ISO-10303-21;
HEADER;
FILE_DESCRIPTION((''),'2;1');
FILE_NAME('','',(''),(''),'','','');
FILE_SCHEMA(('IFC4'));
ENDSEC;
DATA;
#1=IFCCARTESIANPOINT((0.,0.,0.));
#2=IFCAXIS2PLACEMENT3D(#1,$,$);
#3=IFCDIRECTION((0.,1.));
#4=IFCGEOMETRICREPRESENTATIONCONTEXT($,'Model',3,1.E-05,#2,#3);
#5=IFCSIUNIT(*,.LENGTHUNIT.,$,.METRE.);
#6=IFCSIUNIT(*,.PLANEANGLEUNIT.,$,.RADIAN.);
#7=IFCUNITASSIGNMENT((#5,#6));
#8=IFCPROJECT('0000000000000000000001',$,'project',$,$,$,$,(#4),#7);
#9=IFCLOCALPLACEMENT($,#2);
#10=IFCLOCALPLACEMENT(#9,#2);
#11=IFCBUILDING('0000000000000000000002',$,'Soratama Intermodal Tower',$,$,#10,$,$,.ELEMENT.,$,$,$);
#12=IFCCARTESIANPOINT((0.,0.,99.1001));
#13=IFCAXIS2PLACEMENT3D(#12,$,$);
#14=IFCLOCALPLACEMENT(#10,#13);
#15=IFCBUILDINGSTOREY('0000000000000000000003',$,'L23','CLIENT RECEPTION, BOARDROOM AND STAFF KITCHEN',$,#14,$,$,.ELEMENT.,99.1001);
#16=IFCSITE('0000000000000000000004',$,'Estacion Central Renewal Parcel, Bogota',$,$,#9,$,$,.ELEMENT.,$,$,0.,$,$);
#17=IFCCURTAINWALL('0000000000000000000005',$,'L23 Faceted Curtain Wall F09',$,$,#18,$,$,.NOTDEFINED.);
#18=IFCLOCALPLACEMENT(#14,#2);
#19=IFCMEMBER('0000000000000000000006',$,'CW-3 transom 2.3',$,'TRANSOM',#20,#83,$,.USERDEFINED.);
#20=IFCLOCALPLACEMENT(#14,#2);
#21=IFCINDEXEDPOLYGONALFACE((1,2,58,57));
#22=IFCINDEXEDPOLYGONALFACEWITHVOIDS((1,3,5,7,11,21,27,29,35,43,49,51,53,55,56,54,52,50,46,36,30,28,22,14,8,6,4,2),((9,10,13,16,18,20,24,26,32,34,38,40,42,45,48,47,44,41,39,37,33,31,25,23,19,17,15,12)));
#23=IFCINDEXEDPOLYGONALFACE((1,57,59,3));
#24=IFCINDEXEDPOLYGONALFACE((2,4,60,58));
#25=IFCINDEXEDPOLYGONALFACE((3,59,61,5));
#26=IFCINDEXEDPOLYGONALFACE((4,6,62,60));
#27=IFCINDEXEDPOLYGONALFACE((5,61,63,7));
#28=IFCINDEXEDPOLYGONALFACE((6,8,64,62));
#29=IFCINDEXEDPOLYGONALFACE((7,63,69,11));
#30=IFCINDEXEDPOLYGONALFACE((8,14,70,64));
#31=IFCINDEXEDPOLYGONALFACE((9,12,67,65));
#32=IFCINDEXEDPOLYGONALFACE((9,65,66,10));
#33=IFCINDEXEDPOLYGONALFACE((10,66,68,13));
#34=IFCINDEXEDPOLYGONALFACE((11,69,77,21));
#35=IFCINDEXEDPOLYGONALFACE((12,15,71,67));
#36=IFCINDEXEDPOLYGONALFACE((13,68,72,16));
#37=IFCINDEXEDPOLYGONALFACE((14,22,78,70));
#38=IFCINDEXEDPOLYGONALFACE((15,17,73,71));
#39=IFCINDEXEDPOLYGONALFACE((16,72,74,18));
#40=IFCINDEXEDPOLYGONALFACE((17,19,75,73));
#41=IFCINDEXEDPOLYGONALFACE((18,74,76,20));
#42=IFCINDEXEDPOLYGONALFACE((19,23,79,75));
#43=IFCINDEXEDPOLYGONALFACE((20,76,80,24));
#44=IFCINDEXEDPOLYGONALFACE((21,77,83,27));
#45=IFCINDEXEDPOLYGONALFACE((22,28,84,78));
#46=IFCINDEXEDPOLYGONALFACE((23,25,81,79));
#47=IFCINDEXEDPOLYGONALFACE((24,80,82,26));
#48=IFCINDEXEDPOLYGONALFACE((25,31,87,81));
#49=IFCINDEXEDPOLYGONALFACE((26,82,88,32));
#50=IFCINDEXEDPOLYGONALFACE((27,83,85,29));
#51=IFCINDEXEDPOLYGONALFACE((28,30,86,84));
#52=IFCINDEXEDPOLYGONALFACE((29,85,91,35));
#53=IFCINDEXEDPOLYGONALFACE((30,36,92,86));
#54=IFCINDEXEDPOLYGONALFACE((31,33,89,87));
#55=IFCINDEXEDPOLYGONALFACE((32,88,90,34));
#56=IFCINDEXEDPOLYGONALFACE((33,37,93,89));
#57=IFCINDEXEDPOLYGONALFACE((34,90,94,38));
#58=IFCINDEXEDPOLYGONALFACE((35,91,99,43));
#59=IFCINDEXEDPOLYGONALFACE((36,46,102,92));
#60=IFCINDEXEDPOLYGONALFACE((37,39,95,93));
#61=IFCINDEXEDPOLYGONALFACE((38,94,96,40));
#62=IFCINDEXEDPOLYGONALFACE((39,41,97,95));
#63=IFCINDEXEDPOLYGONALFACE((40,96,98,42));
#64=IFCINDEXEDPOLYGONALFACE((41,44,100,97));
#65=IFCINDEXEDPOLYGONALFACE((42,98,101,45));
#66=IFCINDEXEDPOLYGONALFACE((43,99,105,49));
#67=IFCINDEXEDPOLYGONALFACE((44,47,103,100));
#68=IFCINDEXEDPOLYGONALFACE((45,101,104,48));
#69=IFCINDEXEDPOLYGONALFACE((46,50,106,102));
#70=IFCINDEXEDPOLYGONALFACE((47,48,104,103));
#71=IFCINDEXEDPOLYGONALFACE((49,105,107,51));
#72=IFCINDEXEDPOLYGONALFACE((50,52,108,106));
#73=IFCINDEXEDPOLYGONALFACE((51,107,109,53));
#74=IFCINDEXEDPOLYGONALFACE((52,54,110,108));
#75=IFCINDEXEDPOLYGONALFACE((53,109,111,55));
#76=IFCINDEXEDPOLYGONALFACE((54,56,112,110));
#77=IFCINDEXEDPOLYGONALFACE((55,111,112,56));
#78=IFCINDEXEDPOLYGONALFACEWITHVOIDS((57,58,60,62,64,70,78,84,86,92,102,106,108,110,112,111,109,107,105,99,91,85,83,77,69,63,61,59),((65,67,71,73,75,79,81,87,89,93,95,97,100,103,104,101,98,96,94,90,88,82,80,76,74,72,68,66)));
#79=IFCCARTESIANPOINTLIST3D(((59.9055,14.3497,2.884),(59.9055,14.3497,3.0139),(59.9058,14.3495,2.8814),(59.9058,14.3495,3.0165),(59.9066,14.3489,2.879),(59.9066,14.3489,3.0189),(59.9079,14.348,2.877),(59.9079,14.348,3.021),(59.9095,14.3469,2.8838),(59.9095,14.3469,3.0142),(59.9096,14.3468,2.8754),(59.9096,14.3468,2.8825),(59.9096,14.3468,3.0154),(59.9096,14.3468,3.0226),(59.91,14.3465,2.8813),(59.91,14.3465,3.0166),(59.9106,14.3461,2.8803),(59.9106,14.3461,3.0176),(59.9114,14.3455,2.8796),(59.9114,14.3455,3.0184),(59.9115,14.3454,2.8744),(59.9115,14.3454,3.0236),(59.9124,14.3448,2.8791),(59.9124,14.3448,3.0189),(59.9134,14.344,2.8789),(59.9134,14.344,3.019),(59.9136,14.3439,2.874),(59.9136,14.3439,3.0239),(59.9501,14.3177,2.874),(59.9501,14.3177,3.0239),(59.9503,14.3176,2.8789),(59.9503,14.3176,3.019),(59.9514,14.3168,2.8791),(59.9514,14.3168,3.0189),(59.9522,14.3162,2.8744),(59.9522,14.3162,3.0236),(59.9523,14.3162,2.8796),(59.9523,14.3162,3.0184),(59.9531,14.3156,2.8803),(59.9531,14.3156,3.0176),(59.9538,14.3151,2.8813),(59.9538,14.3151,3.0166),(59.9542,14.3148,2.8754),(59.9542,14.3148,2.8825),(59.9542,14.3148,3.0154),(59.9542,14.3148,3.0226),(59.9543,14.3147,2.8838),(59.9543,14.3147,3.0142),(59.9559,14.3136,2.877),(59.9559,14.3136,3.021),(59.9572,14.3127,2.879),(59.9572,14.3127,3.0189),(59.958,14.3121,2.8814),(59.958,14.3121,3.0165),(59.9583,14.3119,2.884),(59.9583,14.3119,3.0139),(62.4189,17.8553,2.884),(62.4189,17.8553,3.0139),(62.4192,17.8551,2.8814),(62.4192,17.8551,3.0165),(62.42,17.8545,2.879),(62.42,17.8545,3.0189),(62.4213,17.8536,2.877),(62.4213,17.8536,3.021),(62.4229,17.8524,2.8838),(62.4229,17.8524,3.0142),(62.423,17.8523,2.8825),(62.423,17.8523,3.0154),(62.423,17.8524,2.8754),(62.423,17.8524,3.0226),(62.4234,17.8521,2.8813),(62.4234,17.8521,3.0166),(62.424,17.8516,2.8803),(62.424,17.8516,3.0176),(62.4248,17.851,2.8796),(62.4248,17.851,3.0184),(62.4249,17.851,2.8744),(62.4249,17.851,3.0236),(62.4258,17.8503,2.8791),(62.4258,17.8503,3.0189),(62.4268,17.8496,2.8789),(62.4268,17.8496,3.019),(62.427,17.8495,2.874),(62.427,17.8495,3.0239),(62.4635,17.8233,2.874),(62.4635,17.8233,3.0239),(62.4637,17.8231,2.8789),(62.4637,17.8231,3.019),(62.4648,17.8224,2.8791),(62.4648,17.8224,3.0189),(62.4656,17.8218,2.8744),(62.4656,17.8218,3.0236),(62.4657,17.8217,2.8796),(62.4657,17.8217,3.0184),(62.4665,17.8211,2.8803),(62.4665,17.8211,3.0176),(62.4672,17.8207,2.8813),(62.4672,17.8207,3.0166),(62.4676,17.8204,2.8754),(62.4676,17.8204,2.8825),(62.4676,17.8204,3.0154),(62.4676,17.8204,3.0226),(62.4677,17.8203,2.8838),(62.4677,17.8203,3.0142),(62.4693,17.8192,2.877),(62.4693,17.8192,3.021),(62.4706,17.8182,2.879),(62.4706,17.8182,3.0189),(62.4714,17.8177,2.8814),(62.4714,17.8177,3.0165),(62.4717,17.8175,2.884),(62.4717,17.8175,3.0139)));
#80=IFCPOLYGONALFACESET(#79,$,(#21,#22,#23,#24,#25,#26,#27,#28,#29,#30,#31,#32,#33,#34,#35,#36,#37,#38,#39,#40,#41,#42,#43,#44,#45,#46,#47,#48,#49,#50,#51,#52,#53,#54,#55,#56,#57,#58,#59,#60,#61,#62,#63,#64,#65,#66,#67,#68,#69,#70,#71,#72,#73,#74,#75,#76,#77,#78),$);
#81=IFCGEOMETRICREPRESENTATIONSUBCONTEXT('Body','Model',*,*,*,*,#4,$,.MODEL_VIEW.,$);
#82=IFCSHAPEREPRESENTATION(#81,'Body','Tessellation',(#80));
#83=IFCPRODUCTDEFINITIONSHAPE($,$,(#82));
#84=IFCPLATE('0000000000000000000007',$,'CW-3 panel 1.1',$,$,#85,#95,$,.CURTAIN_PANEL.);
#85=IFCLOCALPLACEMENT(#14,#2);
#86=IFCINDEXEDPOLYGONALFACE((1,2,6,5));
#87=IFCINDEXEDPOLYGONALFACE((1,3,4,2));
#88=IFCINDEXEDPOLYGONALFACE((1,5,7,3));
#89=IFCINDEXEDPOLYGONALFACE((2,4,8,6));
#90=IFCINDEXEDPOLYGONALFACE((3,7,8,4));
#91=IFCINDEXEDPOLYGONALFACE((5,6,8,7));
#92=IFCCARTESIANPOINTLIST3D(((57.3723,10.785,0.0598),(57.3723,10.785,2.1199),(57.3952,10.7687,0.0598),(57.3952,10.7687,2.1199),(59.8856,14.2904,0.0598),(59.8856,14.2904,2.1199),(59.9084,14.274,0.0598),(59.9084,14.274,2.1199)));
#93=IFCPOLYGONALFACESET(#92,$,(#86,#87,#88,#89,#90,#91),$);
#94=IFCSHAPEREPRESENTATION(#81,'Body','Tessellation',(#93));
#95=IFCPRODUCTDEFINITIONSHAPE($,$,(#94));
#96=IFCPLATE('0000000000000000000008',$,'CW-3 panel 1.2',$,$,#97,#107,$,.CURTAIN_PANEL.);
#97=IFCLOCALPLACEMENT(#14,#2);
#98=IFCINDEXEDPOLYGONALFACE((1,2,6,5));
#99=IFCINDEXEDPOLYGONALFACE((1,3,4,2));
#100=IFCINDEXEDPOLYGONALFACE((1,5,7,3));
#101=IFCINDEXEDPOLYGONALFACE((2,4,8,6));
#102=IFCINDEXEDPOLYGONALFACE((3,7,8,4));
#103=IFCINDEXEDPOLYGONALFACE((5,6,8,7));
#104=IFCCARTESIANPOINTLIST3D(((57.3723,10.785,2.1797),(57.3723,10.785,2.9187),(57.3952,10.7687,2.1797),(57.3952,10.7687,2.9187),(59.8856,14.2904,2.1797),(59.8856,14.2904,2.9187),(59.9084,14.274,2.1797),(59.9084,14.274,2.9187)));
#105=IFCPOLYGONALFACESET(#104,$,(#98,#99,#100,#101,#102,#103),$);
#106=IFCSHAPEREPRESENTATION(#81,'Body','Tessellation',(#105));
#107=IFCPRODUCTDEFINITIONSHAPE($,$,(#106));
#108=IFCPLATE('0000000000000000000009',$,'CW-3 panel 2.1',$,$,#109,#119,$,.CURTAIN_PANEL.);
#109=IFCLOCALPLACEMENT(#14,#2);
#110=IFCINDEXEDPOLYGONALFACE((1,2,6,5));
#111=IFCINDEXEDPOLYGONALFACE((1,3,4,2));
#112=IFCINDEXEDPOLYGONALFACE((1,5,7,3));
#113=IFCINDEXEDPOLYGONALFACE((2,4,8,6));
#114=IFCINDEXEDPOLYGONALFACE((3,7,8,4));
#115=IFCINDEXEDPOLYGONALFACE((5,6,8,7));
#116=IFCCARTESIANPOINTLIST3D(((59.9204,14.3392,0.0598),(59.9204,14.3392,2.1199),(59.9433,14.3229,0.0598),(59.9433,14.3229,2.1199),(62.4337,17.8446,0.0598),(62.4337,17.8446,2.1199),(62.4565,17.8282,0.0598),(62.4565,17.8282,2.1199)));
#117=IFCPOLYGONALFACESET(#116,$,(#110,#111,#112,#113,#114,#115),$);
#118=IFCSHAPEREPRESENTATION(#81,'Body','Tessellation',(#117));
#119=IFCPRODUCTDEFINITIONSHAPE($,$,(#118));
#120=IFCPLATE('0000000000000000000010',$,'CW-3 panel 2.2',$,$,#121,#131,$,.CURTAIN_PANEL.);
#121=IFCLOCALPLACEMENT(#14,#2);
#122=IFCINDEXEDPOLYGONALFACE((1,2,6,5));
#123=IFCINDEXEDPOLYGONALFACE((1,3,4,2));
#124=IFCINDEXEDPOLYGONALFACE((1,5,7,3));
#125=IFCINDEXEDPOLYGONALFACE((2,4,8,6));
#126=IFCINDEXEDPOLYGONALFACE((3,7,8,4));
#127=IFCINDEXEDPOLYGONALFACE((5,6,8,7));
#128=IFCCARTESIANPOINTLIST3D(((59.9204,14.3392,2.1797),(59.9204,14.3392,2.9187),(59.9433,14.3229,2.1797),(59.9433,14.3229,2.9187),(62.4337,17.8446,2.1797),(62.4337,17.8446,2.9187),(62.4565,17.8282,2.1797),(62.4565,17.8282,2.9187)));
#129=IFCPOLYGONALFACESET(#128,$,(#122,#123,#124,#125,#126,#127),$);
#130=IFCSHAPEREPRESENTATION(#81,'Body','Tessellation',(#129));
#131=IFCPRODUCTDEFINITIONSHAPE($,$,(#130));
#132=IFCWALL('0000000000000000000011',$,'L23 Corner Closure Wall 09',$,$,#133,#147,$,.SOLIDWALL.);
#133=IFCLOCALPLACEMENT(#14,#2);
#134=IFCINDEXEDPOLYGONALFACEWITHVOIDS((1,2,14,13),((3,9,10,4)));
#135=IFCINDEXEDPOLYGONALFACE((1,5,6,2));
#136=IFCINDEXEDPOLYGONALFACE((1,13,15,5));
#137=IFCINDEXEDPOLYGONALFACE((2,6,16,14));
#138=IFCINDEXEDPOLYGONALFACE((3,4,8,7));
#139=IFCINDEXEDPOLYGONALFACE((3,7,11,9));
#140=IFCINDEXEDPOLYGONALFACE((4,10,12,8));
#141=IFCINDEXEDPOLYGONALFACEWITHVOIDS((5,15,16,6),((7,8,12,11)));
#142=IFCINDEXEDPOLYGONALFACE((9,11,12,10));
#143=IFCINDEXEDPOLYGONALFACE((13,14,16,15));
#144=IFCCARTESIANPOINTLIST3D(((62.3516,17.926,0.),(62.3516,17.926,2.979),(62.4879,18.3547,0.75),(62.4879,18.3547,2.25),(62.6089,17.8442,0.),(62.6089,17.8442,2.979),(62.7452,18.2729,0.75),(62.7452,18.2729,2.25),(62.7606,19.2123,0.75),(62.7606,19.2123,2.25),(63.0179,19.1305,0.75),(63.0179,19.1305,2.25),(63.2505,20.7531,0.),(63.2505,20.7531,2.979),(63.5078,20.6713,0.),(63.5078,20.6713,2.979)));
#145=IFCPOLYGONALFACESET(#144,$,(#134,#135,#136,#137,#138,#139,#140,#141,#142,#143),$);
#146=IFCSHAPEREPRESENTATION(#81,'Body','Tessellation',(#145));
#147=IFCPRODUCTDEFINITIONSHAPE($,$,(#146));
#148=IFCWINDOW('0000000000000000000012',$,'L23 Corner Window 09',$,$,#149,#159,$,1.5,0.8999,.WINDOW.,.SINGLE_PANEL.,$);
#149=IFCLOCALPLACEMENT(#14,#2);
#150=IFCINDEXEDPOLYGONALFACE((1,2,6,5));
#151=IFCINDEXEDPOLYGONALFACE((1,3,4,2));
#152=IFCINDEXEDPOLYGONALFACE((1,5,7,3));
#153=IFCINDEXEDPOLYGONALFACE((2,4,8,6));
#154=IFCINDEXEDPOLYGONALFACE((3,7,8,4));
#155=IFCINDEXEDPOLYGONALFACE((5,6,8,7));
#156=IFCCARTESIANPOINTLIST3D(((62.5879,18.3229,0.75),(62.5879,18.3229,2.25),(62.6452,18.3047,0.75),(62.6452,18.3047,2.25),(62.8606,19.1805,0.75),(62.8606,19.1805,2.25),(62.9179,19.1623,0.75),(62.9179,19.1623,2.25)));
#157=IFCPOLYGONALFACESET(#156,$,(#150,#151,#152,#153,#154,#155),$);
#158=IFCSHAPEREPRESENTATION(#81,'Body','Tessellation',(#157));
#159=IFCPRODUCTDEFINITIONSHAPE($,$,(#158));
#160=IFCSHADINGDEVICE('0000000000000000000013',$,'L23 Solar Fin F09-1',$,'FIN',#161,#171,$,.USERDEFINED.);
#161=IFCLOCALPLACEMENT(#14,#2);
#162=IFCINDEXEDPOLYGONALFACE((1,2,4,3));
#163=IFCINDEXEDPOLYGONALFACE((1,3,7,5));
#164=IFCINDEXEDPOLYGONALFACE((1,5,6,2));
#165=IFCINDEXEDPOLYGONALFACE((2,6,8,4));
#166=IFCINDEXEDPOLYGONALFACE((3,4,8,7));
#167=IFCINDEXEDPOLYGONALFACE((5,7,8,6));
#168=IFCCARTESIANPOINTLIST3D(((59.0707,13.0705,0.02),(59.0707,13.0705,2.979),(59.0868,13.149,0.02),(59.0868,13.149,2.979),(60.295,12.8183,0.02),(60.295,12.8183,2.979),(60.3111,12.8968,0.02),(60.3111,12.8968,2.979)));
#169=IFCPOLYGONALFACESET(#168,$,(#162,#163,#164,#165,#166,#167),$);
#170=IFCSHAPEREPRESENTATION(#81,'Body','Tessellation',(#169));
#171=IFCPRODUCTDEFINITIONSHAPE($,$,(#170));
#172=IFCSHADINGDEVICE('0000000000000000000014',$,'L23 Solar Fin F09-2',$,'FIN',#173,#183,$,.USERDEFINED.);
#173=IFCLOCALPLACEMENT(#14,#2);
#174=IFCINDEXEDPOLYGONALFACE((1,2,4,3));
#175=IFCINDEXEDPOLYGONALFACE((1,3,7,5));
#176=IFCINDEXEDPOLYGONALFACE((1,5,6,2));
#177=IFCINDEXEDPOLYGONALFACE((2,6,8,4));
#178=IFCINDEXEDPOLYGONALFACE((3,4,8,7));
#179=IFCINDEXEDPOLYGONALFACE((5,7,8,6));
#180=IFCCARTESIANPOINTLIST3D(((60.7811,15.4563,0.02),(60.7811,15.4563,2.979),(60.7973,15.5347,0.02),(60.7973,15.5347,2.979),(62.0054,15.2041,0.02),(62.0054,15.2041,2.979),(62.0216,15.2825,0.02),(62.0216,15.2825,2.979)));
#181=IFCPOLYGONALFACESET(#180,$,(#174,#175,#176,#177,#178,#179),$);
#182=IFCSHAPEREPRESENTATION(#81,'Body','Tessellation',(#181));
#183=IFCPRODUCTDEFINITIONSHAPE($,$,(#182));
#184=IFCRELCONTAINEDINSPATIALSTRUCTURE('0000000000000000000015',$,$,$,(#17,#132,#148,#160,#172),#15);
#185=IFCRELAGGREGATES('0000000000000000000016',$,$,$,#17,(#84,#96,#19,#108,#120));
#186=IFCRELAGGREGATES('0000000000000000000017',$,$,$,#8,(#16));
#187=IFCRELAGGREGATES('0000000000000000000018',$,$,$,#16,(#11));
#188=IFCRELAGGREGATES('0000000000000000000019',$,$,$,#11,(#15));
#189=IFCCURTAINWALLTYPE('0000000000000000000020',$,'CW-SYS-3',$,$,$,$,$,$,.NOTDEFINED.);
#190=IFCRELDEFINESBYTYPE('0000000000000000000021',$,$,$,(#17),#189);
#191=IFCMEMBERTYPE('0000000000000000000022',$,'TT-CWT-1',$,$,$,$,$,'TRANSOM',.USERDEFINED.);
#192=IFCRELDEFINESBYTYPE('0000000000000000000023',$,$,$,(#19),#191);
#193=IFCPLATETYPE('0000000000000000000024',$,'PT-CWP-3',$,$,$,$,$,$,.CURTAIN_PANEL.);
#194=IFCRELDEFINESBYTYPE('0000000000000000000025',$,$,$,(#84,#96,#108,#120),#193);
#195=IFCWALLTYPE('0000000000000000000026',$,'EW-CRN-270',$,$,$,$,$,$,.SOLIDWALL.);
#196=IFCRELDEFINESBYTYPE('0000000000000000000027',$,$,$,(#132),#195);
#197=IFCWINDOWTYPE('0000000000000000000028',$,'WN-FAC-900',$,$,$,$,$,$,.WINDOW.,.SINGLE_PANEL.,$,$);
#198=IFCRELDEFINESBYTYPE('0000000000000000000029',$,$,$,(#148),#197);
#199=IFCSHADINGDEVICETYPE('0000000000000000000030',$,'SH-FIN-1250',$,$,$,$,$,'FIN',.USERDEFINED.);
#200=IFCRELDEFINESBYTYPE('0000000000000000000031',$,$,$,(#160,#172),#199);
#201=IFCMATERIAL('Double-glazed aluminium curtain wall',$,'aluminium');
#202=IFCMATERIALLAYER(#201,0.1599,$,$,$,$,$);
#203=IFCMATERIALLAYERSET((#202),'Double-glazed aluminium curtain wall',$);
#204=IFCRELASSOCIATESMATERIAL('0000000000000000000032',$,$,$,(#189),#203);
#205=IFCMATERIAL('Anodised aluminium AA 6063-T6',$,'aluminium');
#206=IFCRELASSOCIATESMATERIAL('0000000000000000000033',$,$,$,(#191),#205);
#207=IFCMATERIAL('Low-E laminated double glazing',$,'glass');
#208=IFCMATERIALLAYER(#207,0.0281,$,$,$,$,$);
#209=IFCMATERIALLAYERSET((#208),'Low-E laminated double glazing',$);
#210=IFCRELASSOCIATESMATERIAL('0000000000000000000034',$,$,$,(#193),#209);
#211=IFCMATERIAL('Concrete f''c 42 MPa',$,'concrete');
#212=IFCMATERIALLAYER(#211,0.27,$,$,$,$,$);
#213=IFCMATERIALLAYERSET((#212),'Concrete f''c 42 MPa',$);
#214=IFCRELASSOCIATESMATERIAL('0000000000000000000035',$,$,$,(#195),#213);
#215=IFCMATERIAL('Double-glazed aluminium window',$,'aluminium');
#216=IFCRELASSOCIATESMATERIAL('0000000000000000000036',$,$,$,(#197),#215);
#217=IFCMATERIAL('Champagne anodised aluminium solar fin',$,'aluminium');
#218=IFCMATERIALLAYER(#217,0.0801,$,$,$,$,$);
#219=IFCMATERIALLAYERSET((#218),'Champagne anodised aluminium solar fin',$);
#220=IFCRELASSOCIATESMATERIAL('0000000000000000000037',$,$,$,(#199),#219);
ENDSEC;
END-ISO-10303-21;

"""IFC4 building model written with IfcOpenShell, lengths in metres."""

from ifc_helpers import new_model, si_unit, direction, frame, frame_2d, origin, origin_2d, place, context, subcontext, project, spatial, rectangle, hollow_rectangle, extrude, material, layer, layer_set, material_profile, profile_set, type_object, element, fill, aggregate, save


model = new_model("IFC4")

# Units and contexts
model_context = context("Model", 3, precision=1e-05, world=origin(), true_north=direction((0.0, 1.0)))
body_context = subcontext(model_context, "Body", "Model", "MODEL_VIEW")
ifc_project = project(units=[si_unit("LENGTHUNIT", "METRE"), si_unit("PLANEANGLEUNIT", "RADIAN")], contexts=[model_context])

# Site, building, storey
site_placement = place(None, origin())
site = spatial("IfcSite", under=ifc_project, at=site_placement, Name="Estacion Central Renewal Parcel, Bogota", CompositionType="ELEMENT", RefElevation=0.0)
building_placement = place(site_placement, origin())
building = spatial("IfcBuilding", under=site, at=building_placement, Name="Soratama Intermodal Tower", CompositionType="ELEMENT")
storey_placement = place(building_placement, frame((0.0, 0.0, 99.1001)))
storey = spatial("IfcBuildingStorey", under=building, at=storey_placement, Name="L23", Description="CLIENT RECEPTION, BOARDROOM AND STAFF KITCHEN", CompositionType="ELEMENT", Elevation=99.1001)

# Curtain wall, member, plates
ifc_material_1 = material(Name="Double-glazed aluminium curtain wall", Category="aluminium")
ifc_layer_1 = layer(ifc_material_1, 0.1599)
ifc_layer_set_1 = layer_set([ifc_layer_1], Name="Double-glazed aluminium curtain wall")
curtain_wall_type = type_object("IfcCurtainWallType", Name="CW-SYS-3", PredefinedType="NOTDEFINED", material=ifc_layer_set_1)
curtain_wall_placement = place(storey_placement, origin())
curtain_wall = element("IfcCurtainWall", 1, at=curtain_wall_placement, inside=storey, type_object=curtain_wall_type, Name="L23 Faceted Curtain Wall F09", PredefinedType="NOTDEFINED")
ifc_material_2 = material(Name="Anodised aluminium AA 6063-T6", Category="aluminium")
ifc_material_profile_1 = material_profile(ifc_material_2, hollow_rectangle(XDim=0.0649, YDim=0.1499, WallThickness=0.0049, InnerFilletRadius=0.0049, OuterFilletRadius=0.01, at=origin_2d()), Name="CWT150X65X5")
ifc_profile_set_1 = profile_set([ifc_material_profile_1], Name="Anodised aluminium AA 6063-T6")
member_type_1 = type_object("IfcMemberType", Name="TT-CWT-1", ElementType="TRANSOM", PredefinedType="USERDEFINED", material=ifc_profile_set_1)
member_1_placement = place(storey_placement, frame((59.9319, 14.3308, 2.949), z_axis=(0.582683, 0.8127, 0.0), x_axis=(-0.8127, 0.582683, 0.0)))
member_1 = element("IfcMember", 2, at=member_1_placement, type_object=member_type_1, Name="CW-3 transom 2.3", ObjectType="TRANSOM", PredefinedType="USERDEFINED", context=body_context, shape_type="SweptSolid", body=[
    extrude(hollow_rectangle(XDim=0.0649, YDim=0.1499, WallThickness=0.0049, InnerFilletRadius=0.0049, OuterFilletRadius=0.01, at=origin_2d()), origin(), (0.0, 0.0, 1.0), 4.3135),
])
ifc_material_3 = material(Name="Low-E laminated double glazing", Category="glass")
ifc_layer_2 = layer(ifc_material_3, 0.0281)
ifc_layer_set_2 = layer_set([ifc_layer_2], Name="Low-E laminated double glazing")
plate_type = type_object("IfcPlateType", Name="PT-CWP-3", PredefinedType="CURTAIN_PANEL", material=ifc_layer_set_2)
plate_1_placement = place(storey_placement, frame((58.6404, 12.5295, 0.0598), z_axis=(0.0, 0.0, 1.0), x_axis=(0.582687, 0.812696, 0.0)))
plate_1 = element("IfcPlate", 3, at=plate_1_placement, type_object=plate_type, Name="CW-3 panel 1.1", PredefinedType="CURTAIN_PANEL", context=body_context, shape_type="SweptSolid", body=[
    extrude(rectangle(XDim=4.3132, YDim=0.0281, at=origin_2d()), origin(), (0.0, 0.0, 1.0), 2.0601),
])
plate_2_placement = place(storey_placement, frame((58.6404, 12.5295, 2.1797), z_axis=(0.0, 0.0, 1.0), x_axis=(0.582687, 0.812696, 0.0)))
plate_2 = element("IfcPlate", 4, at=plate_2_placement, type_object=plate_type, Name="CW-3 panel 1.2", PredefinedType="CURTAIN_PANEL", context=body_context, shape_type="SweptSolid", body=[
    extrude(rectangle(XDim=4.3132, YDim=0.0281, at=origin_2d()), origin(), (0.0, 0.0, 1.0), 0.739),
])
plate_3_placement = place(storey_placement, frame((61.1885, 16.0837, 0.0598), z_axis=(0.0, 0.0, 1.0), x_axis=(0.582687, 0.812696, 0.0)))
plate_3 = element("IfcPlate", 5, at=plate_3_placement, type_object=plate_type, Name="CW-3 panel 2.1", PredefinedType="CURTAIN_PANEL", context=body_context, shape_type="SweptSolid", body=[
    extrude(rectangle(XDim=4.3132, YDim=0.0281, at=origin_2d()), origin(), (0.0, 0.0, 1.0), 2.0601),
])
plate_4_placement = place(storey_placement, frame((61.1885, 16.0837, 2.1797), z_axis=(0.0, 0.0, 1.0), x_axis=(0.582687, 0.812696, 0.0)))
plate_4 = element("IfcPlate", 6, at=plate_4_placement, type_object=plate_type, Name="CW-3 panel 2.2", PredefinedType="CURTAIN_PANEL", context=body_context, shape_type="SweptSolid", body=[
    extrude(rectangle(XDim=4.3132, YDim=0.0281, at=origin_2d()), origin(), (0.0, 0.0, 1.0), 0.739),
])
aggregate(curtain_wall, [plate_1, plate_2, member_1, plate_3, plate_4])

# Wall, opening, window
ifc_material_4 = material(Name="Concrete f'c 42 MPa", Category="concrete")
ifc_layer_3 = layer(ifc_material_4, 0.27)
ifc_layer_set_3 = layer_set([ifc_layer_3], Name="Concrete f'c 42 MPa")
wall_type_1 = type_object("IfcWallType", Name="EW-CRN-270", PredefinedType="SOLIDWALL", material=ifc_layer_set_3)
wall_1_placement = place(storey_placement, frame((62.4802, 17.885, 0.0), z_axis=(0.0, 0.0, 1.0), x_axis=(0.303013, 0.952986, 0.0)))
wall_1 = element("IfcWall", 7, at=wall_1_placement, inside=storey, type_object=wall_type_1, Name="L23 Corner Closure Wall 09", PredefinedType="SOLIDWALL", context=body_context, shape_type="SweptSolid", body=[
    extrude(rectangle(XDim=2.9666, YDim=0.27, at=frame_2d((1.4834, 0.0))), origin(), (0.0, 0.0, 1.0), 2.979),
])
opening_1_placement = place(wall_1_placement, frame((0.45, 0.0, 0.75)))
opening_1 = element("IfcOpeningElement", 8, at=opening_1_placement, cuts=wall_1, PredefinedType="OPENING", context=body_context, shape_type="SweptSolid", body=[
    extrude(rectangle(XDim=0.8999, YDim=1.5, at=frame_2d((0.45, 0.75))), frame((0.0, 0.145, 0.0), z_axis=(0.0, -1.0, 0.0), x_axis=(1.0, 0.0, 0.0)), (0.0, 0.0, 1.0), 0.29),
])
ifc_material_5 = material(Name="Double-glazed aluminium window", Category="aluminium")
window_type_1 = type_object("IfcWindowType", Name="WN-FAC-900", PartitioningType="SINGLE_PANEL", PredefinedType="WINDOW", material=ifc_material_5)
window_1_placement = place(opening_1_placement, origin())
window_1 = element("IfcWindow", 9, at=window_1_placement, inside=storey, type_object=window_type_1, Name="L23 Corner Window 09", OverallHeight=1.5, OverallWidth=0.8999, PartitioningType="SINGLE_PANEL", PredefinedType="WINDOW", context=body_context, shape_type="SweptSolid", body=[
    extrude(rectangle(XDim=0.8999, YDim=1.5, at=frame_2d((0.45, 0.75))), frame((0.0, 0.03, 0.0), z_axis=(0.0, -1.0, 0.0), x_axis=(1.0, 0.0, 0.0)), (0.0, 0.0, 1.0), 0.0601),
])
fill(opening_1, window_1)

# Shading devices
ifc_material_6 = material(Name="Champagne anodised aluminium solar fin", Category="aluminium")
ifc_layer_4 = layer(ifc_material_6, 0.0801)
ifc_layer_set_4 = layer_set([ifc_layer_4], Name="Champagne anodised aluminium solar fin")
shading_device_type = type_object("IfcShadingDeviceType", Name="SH-FIN-1250", ElementType="FIN", PredefinedType="USERDEFINED", material=ifc_layer_set_4)
for number, where, z_axis, x_axis, name in (
    (10, (59.6909, 12.9836, 0.02), (0.0, 0.0, 1.0), (0.979435, -0.201762, 0.0), "L23 Solar Fin F09-1"),
    (11, (61.4014, 15.3694, 0.02), (0.0, 0.0, 1.0), (0.979435, -0.201762, 0.0), "L23 Solar Fin F09-2"),
):
    element("IfcShadingDevice", number, at=place(storey_placement, frame(where, z_axis=z_axis, x_axis=x_axis)), inside=storey, type_object=shading_device_type, Name=name, ObjectType="FIN", PredefinedType="USERDEFINED", context=body_context, shape_type="SweptSolid", body=[
        extrude(rectangle(XDim=1.25, YDim=0.0801, at=origin_2d()), origin(), (0.0, 0.0, 1.0), 2.959),
    ])

save(model, "model.ifc")
